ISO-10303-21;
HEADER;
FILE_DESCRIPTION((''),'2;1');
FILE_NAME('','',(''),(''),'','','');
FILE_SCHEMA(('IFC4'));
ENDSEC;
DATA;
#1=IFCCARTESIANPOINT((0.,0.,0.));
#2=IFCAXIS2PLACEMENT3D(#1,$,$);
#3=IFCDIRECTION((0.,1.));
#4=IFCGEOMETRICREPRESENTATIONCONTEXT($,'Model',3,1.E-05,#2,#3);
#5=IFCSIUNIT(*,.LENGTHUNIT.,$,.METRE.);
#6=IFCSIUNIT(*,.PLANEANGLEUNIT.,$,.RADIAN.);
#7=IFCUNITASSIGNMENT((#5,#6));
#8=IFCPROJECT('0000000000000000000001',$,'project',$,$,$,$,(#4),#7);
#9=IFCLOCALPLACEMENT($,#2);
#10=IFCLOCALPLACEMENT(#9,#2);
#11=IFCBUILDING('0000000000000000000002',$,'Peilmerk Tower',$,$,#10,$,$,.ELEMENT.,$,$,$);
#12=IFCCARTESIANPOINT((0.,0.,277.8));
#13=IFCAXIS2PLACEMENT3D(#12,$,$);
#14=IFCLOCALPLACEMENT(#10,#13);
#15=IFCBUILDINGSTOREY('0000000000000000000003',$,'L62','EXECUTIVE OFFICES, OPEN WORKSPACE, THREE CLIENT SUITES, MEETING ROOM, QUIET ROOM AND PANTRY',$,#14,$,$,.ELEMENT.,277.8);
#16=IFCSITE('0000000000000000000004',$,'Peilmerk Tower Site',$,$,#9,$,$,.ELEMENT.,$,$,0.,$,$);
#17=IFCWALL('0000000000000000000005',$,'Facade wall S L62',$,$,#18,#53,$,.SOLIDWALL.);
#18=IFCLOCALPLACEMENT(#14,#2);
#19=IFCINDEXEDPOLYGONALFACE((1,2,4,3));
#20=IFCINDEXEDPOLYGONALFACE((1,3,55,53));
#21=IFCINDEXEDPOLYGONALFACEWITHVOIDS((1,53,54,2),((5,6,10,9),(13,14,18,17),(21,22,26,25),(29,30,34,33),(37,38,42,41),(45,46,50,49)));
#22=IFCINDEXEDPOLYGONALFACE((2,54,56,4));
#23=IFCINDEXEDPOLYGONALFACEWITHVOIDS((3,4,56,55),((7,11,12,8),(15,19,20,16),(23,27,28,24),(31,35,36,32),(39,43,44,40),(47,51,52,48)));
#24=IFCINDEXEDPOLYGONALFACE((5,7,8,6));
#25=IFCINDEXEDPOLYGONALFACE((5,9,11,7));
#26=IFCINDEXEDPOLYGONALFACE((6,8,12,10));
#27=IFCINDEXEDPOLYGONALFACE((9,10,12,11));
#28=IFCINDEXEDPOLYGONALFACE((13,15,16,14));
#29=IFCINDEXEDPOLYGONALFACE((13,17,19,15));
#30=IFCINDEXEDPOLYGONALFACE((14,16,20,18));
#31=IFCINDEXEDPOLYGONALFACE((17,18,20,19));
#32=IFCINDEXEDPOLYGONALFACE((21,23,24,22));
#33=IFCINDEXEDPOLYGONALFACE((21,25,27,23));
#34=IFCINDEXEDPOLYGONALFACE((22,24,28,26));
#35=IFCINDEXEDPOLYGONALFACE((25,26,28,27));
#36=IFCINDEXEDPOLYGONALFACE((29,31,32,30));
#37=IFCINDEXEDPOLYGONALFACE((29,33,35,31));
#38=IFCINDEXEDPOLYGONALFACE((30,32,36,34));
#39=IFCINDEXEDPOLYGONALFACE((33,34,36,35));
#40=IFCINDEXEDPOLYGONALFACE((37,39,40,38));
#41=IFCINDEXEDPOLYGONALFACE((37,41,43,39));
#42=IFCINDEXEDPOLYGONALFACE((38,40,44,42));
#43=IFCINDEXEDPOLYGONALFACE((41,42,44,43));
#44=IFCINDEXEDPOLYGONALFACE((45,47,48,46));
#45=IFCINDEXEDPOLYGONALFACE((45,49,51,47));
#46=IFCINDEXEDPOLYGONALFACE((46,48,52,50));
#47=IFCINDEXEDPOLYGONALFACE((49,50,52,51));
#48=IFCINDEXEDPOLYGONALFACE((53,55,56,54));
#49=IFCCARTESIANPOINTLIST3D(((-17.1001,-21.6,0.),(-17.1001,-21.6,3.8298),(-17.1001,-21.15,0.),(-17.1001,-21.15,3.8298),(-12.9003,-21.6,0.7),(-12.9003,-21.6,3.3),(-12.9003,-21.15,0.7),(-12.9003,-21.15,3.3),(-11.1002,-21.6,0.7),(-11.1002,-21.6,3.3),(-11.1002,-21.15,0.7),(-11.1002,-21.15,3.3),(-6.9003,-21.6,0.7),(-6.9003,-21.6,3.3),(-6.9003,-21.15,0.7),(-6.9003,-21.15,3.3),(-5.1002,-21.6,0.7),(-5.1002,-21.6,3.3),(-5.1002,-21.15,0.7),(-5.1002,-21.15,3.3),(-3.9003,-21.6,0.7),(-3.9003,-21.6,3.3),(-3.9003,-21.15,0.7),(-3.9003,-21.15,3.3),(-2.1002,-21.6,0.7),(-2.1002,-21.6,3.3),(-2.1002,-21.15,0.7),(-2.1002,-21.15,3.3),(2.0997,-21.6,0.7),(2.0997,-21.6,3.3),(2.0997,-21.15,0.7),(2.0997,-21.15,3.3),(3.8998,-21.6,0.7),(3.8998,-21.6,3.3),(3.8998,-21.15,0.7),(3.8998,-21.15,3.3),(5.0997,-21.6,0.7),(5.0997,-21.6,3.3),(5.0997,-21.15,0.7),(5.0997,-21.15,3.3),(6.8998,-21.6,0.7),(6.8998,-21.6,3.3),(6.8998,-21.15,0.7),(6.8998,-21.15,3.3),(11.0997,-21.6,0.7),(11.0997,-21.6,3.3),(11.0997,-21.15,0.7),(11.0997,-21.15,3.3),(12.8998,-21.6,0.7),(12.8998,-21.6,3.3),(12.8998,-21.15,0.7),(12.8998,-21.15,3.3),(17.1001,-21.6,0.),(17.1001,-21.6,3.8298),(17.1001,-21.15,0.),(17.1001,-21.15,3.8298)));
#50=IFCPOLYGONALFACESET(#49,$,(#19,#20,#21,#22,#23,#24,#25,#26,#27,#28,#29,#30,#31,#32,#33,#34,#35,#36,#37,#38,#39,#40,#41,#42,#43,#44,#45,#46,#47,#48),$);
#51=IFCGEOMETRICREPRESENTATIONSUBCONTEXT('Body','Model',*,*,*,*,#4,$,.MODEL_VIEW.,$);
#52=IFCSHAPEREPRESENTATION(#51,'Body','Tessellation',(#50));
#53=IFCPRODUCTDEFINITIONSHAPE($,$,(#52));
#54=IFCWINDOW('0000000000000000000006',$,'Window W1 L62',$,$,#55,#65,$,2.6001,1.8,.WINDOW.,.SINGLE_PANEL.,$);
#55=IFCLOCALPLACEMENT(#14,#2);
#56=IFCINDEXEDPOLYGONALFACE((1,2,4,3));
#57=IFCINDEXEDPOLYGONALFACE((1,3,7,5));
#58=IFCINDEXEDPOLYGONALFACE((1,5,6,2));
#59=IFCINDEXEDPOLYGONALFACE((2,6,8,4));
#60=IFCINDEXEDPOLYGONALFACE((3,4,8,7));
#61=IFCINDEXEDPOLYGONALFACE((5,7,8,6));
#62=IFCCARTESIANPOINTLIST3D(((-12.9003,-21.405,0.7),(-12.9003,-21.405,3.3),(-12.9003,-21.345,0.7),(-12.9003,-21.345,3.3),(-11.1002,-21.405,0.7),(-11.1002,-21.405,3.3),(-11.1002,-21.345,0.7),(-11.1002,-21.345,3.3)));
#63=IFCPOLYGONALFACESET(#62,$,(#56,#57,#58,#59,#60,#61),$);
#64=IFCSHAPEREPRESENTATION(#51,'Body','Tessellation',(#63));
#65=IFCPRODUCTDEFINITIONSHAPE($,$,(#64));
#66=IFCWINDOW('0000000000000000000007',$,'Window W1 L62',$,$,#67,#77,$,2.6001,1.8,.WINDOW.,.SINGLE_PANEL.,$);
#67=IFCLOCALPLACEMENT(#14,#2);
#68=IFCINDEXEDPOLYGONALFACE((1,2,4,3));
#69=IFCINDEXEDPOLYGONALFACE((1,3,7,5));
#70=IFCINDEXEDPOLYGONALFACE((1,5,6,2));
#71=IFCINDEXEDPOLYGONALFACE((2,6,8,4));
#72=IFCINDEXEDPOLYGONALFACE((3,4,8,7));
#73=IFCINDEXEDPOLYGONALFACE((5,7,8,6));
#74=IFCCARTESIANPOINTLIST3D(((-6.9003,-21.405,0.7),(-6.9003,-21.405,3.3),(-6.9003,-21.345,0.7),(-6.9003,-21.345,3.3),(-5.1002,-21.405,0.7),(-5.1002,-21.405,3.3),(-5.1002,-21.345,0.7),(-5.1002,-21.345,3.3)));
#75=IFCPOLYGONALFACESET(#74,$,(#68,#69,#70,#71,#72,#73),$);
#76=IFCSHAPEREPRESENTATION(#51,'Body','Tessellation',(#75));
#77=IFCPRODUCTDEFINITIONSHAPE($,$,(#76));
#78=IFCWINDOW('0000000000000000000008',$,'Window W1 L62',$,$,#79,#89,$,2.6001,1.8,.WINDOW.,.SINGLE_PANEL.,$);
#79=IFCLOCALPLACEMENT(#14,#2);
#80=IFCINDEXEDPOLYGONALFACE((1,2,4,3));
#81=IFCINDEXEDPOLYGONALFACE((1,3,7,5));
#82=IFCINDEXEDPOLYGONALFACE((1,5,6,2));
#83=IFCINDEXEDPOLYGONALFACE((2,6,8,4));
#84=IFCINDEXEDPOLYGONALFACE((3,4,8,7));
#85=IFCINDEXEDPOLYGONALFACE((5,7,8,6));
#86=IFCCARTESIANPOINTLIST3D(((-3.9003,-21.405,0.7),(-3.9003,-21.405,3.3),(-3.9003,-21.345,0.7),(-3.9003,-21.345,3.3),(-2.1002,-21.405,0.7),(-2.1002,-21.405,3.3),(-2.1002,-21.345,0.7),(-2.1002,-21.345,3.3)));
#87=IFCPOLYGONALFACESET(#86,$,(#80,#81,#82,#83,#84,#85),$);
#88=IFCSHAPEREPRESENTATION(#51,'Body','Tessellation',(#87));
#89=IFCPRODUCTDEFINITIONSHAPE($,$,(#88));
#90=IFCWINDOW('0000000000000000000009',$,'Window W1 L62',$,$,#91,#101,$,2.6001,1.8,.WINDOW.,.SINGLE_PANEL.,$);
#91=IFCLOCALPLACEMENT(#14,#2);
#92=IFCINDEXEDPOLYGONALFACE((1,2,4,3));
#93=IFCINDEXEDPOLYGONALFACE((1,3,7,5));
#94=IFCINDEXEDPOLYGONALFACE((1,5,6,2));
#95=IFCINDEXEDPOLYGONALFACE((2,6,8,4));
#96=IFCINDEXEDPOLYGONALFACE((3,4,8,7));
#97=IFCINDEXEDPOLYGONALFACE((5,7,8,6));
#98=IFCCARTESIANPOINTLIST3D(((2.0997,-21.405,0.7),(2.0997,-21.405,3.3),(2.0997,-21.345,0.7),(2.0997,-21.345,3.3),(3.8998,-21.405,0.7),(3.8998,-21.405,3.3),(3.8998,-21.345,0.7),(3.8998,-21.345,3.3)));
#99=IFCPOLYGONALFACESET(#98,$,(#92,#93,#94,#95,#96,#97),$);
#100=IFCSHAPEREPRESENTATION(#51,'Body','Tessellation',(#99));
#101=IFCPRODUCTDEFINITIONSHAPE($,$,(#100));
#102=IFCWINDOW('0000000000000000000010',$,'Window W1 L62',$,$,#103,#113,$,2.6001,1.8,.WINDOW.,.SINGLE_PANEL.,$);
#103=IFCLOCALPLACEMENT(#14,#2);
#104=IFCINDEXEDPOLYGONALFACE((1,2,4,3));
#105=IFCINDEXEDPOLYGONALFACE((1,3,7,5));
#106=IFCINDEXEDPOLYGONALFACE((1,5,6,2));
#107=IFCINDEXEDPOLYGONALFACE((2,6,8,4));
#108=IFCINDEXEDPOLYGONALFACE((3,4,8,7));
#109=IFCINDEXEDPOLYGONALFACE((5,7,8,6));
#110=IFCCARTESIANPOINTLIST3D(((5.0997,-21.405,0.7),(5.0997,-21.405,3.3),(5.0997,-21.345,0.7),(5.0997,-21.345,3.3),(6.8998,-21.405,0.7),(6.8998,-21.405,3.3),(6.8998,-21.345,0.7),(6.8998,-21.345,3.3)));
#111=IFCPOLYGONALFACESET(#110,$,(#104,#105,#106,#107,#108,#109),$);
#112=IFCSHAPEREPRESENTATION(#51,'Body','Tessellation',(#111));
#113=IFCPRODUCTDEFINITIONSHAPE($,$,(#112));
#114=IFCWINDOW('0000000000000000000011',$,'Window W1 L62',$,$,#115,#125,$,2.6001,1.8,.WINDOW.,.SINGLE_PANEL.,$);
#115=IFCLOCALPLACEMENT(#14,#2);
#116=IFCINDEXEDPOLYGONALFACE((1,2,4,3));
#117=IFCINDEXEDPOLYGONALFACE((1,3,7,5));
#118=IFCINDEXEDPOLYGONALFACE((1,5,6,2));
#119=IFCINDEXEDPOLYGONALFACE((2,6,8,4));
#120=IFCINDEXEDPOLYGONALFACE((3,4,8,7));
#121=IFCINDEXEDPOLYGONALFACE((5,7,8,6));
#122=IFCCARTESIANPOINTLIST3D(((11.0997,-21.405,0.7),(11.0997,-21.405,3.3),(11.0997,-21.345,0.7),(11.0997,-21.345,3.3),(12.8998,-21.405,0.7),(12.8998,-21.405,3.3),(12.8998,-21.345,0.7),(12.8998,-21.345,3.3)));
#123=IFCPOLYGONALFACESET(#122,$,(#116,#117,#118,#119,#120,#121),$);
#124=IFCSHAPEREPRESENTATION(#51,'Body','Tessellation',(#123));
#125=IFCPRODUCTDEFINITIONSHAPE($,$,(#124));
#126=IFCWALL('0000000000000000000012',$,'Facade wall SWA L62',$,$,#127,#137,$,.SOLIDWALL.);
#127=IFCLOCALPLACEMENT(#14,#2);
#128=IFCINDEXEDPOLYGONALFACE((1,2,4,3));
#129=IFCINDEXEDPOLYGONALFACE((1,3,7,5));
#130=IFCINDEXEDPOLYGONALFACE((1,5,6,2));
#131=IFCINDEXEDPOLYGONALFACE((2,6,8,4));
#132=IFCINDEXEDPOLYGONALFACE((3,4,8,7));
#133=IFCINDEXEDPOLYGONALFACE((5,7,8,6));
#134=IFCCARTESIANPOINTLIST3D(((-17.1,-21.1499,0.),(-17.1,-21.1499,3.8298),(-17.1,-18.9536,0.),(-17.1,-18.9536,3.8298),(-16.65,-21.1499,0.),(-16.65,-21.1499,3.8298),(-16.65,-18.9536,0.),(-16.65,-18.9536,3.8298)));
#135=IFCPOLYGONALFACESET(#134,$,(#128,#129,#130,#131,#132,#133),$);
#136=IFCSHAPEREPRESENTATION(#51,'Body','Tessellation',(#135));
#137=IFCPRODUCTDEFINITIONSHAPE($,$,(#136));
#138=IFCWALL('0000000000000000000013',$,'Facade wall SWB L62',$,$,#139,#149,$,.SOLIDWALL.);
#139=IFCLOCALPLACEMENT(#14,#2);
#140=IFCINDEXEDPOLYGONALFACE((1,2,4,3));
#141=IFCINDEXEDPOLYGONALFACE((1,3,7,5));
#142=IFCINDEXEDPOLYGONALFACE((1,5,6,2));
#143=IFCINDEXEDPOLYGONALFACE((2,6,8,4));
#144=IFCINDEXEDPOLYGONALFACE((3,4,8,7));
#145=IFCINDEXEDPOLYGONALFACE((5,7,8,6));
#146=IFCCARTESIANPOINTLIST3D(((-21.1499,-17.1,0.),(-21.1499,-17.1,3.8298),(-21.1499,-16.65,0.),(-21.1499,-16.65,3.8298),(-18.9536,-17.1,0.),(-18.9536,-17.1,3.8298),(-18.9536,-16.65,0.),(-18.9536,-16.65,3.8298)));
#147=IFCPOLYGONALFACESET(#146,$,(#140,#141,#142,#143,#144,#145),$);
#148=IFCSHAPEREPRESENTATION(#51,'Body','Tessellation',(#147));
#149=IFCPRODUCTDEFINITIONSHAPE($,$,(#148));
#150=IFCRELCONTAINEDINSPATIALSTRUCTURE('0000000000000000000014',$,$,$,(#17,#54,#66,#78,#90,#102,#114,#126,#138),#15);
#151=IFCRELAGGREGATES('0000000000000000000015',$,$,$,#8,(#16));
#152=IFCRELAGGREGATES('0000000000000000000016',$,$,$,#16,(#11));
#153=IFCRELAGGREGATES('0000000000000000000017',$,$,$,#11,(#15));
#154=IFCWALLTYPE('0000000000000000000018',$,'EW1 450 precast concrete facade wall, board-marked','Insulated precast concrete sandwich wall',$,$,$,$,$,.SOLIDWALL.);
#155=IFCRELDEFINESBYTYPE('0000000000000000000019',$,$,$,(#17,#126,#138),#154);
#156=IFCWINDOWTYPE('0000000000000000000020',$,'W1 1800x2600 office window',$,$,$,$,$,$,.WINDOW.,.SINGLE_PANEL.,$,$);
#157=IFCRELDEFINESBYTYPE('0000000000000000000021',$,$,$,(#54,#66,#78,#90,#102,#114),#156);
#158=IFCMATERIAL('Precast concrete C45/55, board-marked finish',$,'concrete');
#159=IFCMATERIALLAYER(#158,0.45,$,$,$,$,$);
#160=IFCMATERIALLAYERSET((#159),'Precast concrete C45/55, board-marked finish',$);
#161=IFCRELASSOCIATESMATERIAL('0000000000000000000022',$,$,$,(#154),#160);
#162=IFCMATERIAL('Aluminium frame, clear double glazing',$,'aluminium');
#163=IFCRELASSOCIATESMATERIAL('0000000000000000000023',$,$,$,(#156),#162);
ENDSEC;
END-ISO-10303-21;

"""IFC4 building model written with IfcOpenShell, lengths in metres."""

from ifc_helpers import new_model, si_unit, direction, frame, frame_2d, origin, place, context, subcontext, project, spatial, rectangle, extrude, material, layer, layer_set, type_object, element, fill, save


model = new_model("IFC4")

# Units and contexts
model_context = context("Model", 3, precision=1e-05, world=origin(), true_north=direction((0.0, 1.0)))
body_context = subcontext(model_context, "Body", "Model", "MODEL_VIEW")
ifc_project = project(units=[si_unit("LENGTHUNIT", "METRE"), si_unit("PLANEANGLEUNIT", "RADIAN")], contexts=[model_context])

# Site, building, storey
site_placement = place(None, origin())
site = spatial("IfcSite", under=ifc_project, at=site_placement, Name="Peilmerk Tower Site", CompositionType="ELEMENT", RefElevation=0.0)
building_placement = place(site_placement, origin())
building = spatial("IfcBuilding", under=site, at=building_placement, Name="Peilmerk Tower", CompositionType="ELEMENT")
storey_placement = place(building_placement, frame((0.0, 0.0, 277.8)))
storey = spatial("IfcBuildingStorey", under=building, at=storey_placement, Name="L62", Description="EXECUTIVE OFFICES, OPEN WORKSPACE, THREE CLIENT SUITES, MEETING ROOM, QUIET ROOM AND PANTRY", CompositionType="ELEMENT", Elevation=277.8)

# Wall, openings, windows
ifc_material_1 = material(Name="Precast concrete C45/55, board-marked finish", Category="concrete")
ifc_layer_1 = layer(ifc_material_1, 0.45)
ifc_layer_set_1 = layer_set([ifc_layer_1], Name="Precast concrete C45/55, board-marked finish")
wall_type = type_object("IfcWallType", Name="EW1 450 precast concrete facade wall, board-marked", Description="Insulated precast concrete sandwich wall", PredefinedType="SOLIDWALL", material=ifc_layer_set_1)
wall_placement = place(storey_placement, frame((-17.1001, -21.375, 0.0), z_axis=(0.0, 0.0, 1.0), x_axis=(1.0, 0.0, 0.0)))
wall = element("IfcWall", 1, at=wall_placement, inside=storey, type_object=wall_type, Name="Facade wall S L62", PredefinedType="SOLIDWALL", context=body_context, shape_type="SweptSolid", body=[
    extrude(rectangle(XDim=34.2002, YDim=0.45, at=frame_2d((17.1001, 0.0))), origin(), (0.0, 0.0, 1.0), 3.8298),
])
opening_1_placement = place(wall_placement, frame((4.2, 0.0, 0.7)))
opening_1 = element("IfcOpeningElement", 2, at=opening_1_placement, cuts=wall, PredefinedType="OPENING", context=body_context, shape_type="SweptSolid", body=[
    extrude(rectangle(XDim=1.8, YDim=2.6001, at=frame_2d((0.8999, 1.3))), frame((0.0, 0.2349, 0.0), z_axis=(0.0, -1.0, 0.0), x_axis=(1.0, 0.0, 0.0)), (0.0, 0.0, 1.0), 0.47),
])
opening_2_placement = place(wall_placement, frame((10.2, 0.0, 0.7)))
opening_2 = element("IfcOpeningElement", 3, at=opening_2_placement, cuts=wall, PredefinedType="OPENING", context=body_context, shape_type="SweptSolid", body=[
    extrude(rectangle(XDim=1.8, YDim=2.6001, at=frame_2d((0.8999, 1.3))), frame((0.0, 0.2349, 0.0), z_axis=(0.0, -1.0, 0.0), x_axis=(1.0, 0.0, 0.0)), (0.0, 0.0, 1.0), 0.47),
])
opening_3_placement = place(wall_placement, frame((13.2, 0.0, 0.7)))
opening_3 = element("IfcOpeningElement", 4, at=opening_3_placement, cuts=wall, PredefinedType="OPENING", context=body_context, shape_type="SweptSolid", body=[
    extrude(rectangle(XDim=1.8, YDim=2.6001, at=frame_2d((0.8999, 1.3))), frame((0.0, 0.2349, 0.0), z_axis=(0.0, -1.0, 0.0), x_axis=(1.0, 0.0, 0.0)), (0.0, 0.0, 1.0), 0.47),
])
opening_4_placement = place(wall_placement, frame((19.2, 0.0, 0.7)))
opening_4 = element("IfcOpeningElement", 5, at=opening_4_placement, cuts=wall, PredefinedType="OPENING", context=body_context, shape_type="SweptSolid", body=[
    extrude(rectangle(XDim=1.8, YDim=2.6001, at=frame_2d((0.8999, 1.3))), frame((0.0, 0.2349, 0.0), z_axis=(0.0, -1.0, 0.0), x_axis=(1.0, 0.0, 0.0)), (0.0, 0.0, 1.0), 0.47),
])
opening_5_placement = place(wall_placement, frame((22.2, 0.0, 0.7)))
opening_5 = element("IfcOpeningElement", 6, at=opening_5_placement, cuts=wall, PredefinedType="OPENING", context=body_context, shape_type="SweptSolid", body=[
    extrude(rectangle(XDim=1.8, YDim=2.6001, at=frame_2d((0.8999, 1.3))), frame((0.0, 0.2349, 0.0), z_axis=(0.0, -1.0, 0.0), x_axis=(1.0, 0.0, 0.0)), (0.0, 0.0, 1.0), 0.47),
])
opening_6_placement = place(wall_placement, frame((28.2, 0.0, 0.7)))
opening_6 = element("IfcOpeningElement", 7, at=opening_6_placement, cuts=wall, PredefinedType="OPENING", context=body_context, shape_type="SweptSolid", body=[
    extrude(rectangle(XDim=1.8, YDim=2.6001, at=frame_2d((0.8999, 1.3))), frame((0.0, 0.2349, 0.0), z_axis=(0.0, -1.0, 0.0), x_axis=(1.0, 0.0, 0.0)), (0.0, 0.0, 1.0), 0.47),
])
ifc_material_2 = material(Name="Aluminium frame, clear double glazing", Category="aluminium")
window_type = type_object("IfcWindowType", Name="W1 1800x2600 office window", PartitioningType="SINGLE_PANEL", PredefinedType="WINDOW", material=ifc_material_2)
window_1_placement = place(opening_1_placement, origin())
window_1 = element("IfcWindow", 8, at=window_1_placement, inside=storey, type_object=window_type, Name="Window W1 L62", OverallHeight=2.6001, OverallWidth=1.8, PartitioningType="SINGLE_PANEL", PredefinedType="WINDOW", context=body_context, shape_type="SweptSolid", body=[
    extrude(rectangle(XDim=1.8, YDim=2.6001, at=frame_2d((0.8999, 1.3))), frame((0.0, 0.03, 0.0), z_axis=(0.0, -1.0, 0.0), x_axis=(1.0, 0.0, 0.0)), (0.0, 0.0, 1.0), 0.0601),
])
fill(opening_1, window_1)
window_2_placement = place(opening_2_placement, origin())
window_2 = element("IfcWindow", 9, at=window_2_placement, inside=storey, type_object=window_type, Name="Window W1 L62", OverallHeight=2.6001, OverallWidth=1.8, PartitioningType="SINGLE_PANEL", PredefinedType="WINDOW", context=body_context, shape_type="SweptSolid", body=[
    extrude(rectangle(XDim=1.8, YDim=2.6001, at=frame_2d((0.8999, 1.3))), frame((0.0, 0.03, 0.0), z_axis=(0.0, -1.0, 0.0), x_axis=(1.0, 0.0, 0.0)), (0.0, 0.0, 1.0), 0.0601),
])
fill(opening_2, window_2)
window_3_placement = place(opening_3_placement, origin())
window_3 = element("IfcWindow", 10, at=window_3_placement, inside=storey, type_object=window_type, Name="Window W1 L62", OverallHeight=2.6001, OverallWidth=1.8, PartitioningType="SINGLE_PANEL", PredefinedType="WINDOW", context=body_context, shape_type="SweptSolid", body=[
    extrude(rectangle(XDim=1.8, YDim=2.6001, at=frame_2d((0.8999, 1.3))), frame((0.0, 0.03, 0.0), z_axis=(0.0, -1.0, 0.0), x_axis=(1.0, 0.0, 0.0)), (0.0, 0.0, 1.0), 0.0601),
])
fill(opening_3, window_3)
window_4_placement = place(opening_4_placement, origin())
window_4 = element("IfcWindow", 11, at=window_4_placement, inside=storey, type_object=window_type, Name="Window W1 L62", OverallHeight=2.6001, OverallWidth=1.8, PartitioningType="SINGLE_PANEL", PredefinedType="WINDOW", context=body_context, shape_type="SweptSolid", body=[
    extrude(rectangle(XDim=1.8, YDim=2.6001, at=frame_2d((0.8999, 1.3))), frame((0.0, 0.03, 0.0), z_axis=(0.0, -1.0, 0.0), x_axis=(1.0, 0.0, 0.0)), (0.0, 0.0, 1.0), 0.0601),
])
fill(opening_4, window_4)
window_5_placement = place(opening_5_placement, origin())
window_5 = element("IfcWindow", 12, at=window_5_placement, inside=storey, type_object=window_type, Name="Window W1 L62", OverallHeight=2.6001, OverallWidth=1.8, PartitioningType="SINGLE_PANEL", PredefinedType="WINDOW", context=body_context, shape_type="SweptSolid", body=[
    extrude(rectangle(XDim=1.8, YDim=2.6001, at=frame_2d((0.8999, 1.3))), frame((0.0, 0.03, 0.0), z_axis=(0.0, -1.0, 0.0), x_axis=(1.0, 0.0, 0.0)), (0.0, 0.0, 1.0), 0.0601),
])
fill(opening_5, window_5)
window_6_placement = place(opening_6_placement, origin())
window_6 = element("IfcWindow", 13, at=window_6_placement, inside=storey, type_object=window_type, Name="Window W1 L62", OverallHeight=2.6001, OverallWidth=1.8, PartitioningType="SINGLE_PANEL", PredefinedType="WINDOW", context=body_context, shape_type="SweptSolid", body=[
    extrude(rectangle(XDim=1.8, YDim=2.6001, at=frame_2d((0.8999, 1.3))), frame((0.0, 0.03, 0.0), z_axis=(0.0, -1.0, 0.0), x_axis=(1.0, 0.0, 0.0)), (0.0, 0.0, 1.0), 0.0601),
])
fill(opening_6, window_6)

# Walls
for number, where, z_axis, x_axis, name in (
    (14, (-16.875, -18.9536, 0.0), (0.0, 0.0, 1.0), (0.0, -1.0, 0.0), "Facade wall SWA L62"),
    (15, (-18.9536, -16.875, 0.0), (0.0, 0.0, 1.0), (-1.0, 0.0, 0.0), "Facade wall SWB L62"),
):
    element("IfcWall", number, at=place(storey_placement, frame(where, z_axis=z_axis, x_axis=x_axis)), inside=storey, type_object=wall_type, Name=name, PredefinedType="SOLIDWALL", context=body_context, shape_type="SweptSolid", body=[
        extrude(rectangle(XDim=2.1963, YDim=0.45, at=frame_2d((1.0981, 0.0))), origin(), (0.0, 0.0, 1.0), 3.8298),
    ])

save(model, "model.ifc")
